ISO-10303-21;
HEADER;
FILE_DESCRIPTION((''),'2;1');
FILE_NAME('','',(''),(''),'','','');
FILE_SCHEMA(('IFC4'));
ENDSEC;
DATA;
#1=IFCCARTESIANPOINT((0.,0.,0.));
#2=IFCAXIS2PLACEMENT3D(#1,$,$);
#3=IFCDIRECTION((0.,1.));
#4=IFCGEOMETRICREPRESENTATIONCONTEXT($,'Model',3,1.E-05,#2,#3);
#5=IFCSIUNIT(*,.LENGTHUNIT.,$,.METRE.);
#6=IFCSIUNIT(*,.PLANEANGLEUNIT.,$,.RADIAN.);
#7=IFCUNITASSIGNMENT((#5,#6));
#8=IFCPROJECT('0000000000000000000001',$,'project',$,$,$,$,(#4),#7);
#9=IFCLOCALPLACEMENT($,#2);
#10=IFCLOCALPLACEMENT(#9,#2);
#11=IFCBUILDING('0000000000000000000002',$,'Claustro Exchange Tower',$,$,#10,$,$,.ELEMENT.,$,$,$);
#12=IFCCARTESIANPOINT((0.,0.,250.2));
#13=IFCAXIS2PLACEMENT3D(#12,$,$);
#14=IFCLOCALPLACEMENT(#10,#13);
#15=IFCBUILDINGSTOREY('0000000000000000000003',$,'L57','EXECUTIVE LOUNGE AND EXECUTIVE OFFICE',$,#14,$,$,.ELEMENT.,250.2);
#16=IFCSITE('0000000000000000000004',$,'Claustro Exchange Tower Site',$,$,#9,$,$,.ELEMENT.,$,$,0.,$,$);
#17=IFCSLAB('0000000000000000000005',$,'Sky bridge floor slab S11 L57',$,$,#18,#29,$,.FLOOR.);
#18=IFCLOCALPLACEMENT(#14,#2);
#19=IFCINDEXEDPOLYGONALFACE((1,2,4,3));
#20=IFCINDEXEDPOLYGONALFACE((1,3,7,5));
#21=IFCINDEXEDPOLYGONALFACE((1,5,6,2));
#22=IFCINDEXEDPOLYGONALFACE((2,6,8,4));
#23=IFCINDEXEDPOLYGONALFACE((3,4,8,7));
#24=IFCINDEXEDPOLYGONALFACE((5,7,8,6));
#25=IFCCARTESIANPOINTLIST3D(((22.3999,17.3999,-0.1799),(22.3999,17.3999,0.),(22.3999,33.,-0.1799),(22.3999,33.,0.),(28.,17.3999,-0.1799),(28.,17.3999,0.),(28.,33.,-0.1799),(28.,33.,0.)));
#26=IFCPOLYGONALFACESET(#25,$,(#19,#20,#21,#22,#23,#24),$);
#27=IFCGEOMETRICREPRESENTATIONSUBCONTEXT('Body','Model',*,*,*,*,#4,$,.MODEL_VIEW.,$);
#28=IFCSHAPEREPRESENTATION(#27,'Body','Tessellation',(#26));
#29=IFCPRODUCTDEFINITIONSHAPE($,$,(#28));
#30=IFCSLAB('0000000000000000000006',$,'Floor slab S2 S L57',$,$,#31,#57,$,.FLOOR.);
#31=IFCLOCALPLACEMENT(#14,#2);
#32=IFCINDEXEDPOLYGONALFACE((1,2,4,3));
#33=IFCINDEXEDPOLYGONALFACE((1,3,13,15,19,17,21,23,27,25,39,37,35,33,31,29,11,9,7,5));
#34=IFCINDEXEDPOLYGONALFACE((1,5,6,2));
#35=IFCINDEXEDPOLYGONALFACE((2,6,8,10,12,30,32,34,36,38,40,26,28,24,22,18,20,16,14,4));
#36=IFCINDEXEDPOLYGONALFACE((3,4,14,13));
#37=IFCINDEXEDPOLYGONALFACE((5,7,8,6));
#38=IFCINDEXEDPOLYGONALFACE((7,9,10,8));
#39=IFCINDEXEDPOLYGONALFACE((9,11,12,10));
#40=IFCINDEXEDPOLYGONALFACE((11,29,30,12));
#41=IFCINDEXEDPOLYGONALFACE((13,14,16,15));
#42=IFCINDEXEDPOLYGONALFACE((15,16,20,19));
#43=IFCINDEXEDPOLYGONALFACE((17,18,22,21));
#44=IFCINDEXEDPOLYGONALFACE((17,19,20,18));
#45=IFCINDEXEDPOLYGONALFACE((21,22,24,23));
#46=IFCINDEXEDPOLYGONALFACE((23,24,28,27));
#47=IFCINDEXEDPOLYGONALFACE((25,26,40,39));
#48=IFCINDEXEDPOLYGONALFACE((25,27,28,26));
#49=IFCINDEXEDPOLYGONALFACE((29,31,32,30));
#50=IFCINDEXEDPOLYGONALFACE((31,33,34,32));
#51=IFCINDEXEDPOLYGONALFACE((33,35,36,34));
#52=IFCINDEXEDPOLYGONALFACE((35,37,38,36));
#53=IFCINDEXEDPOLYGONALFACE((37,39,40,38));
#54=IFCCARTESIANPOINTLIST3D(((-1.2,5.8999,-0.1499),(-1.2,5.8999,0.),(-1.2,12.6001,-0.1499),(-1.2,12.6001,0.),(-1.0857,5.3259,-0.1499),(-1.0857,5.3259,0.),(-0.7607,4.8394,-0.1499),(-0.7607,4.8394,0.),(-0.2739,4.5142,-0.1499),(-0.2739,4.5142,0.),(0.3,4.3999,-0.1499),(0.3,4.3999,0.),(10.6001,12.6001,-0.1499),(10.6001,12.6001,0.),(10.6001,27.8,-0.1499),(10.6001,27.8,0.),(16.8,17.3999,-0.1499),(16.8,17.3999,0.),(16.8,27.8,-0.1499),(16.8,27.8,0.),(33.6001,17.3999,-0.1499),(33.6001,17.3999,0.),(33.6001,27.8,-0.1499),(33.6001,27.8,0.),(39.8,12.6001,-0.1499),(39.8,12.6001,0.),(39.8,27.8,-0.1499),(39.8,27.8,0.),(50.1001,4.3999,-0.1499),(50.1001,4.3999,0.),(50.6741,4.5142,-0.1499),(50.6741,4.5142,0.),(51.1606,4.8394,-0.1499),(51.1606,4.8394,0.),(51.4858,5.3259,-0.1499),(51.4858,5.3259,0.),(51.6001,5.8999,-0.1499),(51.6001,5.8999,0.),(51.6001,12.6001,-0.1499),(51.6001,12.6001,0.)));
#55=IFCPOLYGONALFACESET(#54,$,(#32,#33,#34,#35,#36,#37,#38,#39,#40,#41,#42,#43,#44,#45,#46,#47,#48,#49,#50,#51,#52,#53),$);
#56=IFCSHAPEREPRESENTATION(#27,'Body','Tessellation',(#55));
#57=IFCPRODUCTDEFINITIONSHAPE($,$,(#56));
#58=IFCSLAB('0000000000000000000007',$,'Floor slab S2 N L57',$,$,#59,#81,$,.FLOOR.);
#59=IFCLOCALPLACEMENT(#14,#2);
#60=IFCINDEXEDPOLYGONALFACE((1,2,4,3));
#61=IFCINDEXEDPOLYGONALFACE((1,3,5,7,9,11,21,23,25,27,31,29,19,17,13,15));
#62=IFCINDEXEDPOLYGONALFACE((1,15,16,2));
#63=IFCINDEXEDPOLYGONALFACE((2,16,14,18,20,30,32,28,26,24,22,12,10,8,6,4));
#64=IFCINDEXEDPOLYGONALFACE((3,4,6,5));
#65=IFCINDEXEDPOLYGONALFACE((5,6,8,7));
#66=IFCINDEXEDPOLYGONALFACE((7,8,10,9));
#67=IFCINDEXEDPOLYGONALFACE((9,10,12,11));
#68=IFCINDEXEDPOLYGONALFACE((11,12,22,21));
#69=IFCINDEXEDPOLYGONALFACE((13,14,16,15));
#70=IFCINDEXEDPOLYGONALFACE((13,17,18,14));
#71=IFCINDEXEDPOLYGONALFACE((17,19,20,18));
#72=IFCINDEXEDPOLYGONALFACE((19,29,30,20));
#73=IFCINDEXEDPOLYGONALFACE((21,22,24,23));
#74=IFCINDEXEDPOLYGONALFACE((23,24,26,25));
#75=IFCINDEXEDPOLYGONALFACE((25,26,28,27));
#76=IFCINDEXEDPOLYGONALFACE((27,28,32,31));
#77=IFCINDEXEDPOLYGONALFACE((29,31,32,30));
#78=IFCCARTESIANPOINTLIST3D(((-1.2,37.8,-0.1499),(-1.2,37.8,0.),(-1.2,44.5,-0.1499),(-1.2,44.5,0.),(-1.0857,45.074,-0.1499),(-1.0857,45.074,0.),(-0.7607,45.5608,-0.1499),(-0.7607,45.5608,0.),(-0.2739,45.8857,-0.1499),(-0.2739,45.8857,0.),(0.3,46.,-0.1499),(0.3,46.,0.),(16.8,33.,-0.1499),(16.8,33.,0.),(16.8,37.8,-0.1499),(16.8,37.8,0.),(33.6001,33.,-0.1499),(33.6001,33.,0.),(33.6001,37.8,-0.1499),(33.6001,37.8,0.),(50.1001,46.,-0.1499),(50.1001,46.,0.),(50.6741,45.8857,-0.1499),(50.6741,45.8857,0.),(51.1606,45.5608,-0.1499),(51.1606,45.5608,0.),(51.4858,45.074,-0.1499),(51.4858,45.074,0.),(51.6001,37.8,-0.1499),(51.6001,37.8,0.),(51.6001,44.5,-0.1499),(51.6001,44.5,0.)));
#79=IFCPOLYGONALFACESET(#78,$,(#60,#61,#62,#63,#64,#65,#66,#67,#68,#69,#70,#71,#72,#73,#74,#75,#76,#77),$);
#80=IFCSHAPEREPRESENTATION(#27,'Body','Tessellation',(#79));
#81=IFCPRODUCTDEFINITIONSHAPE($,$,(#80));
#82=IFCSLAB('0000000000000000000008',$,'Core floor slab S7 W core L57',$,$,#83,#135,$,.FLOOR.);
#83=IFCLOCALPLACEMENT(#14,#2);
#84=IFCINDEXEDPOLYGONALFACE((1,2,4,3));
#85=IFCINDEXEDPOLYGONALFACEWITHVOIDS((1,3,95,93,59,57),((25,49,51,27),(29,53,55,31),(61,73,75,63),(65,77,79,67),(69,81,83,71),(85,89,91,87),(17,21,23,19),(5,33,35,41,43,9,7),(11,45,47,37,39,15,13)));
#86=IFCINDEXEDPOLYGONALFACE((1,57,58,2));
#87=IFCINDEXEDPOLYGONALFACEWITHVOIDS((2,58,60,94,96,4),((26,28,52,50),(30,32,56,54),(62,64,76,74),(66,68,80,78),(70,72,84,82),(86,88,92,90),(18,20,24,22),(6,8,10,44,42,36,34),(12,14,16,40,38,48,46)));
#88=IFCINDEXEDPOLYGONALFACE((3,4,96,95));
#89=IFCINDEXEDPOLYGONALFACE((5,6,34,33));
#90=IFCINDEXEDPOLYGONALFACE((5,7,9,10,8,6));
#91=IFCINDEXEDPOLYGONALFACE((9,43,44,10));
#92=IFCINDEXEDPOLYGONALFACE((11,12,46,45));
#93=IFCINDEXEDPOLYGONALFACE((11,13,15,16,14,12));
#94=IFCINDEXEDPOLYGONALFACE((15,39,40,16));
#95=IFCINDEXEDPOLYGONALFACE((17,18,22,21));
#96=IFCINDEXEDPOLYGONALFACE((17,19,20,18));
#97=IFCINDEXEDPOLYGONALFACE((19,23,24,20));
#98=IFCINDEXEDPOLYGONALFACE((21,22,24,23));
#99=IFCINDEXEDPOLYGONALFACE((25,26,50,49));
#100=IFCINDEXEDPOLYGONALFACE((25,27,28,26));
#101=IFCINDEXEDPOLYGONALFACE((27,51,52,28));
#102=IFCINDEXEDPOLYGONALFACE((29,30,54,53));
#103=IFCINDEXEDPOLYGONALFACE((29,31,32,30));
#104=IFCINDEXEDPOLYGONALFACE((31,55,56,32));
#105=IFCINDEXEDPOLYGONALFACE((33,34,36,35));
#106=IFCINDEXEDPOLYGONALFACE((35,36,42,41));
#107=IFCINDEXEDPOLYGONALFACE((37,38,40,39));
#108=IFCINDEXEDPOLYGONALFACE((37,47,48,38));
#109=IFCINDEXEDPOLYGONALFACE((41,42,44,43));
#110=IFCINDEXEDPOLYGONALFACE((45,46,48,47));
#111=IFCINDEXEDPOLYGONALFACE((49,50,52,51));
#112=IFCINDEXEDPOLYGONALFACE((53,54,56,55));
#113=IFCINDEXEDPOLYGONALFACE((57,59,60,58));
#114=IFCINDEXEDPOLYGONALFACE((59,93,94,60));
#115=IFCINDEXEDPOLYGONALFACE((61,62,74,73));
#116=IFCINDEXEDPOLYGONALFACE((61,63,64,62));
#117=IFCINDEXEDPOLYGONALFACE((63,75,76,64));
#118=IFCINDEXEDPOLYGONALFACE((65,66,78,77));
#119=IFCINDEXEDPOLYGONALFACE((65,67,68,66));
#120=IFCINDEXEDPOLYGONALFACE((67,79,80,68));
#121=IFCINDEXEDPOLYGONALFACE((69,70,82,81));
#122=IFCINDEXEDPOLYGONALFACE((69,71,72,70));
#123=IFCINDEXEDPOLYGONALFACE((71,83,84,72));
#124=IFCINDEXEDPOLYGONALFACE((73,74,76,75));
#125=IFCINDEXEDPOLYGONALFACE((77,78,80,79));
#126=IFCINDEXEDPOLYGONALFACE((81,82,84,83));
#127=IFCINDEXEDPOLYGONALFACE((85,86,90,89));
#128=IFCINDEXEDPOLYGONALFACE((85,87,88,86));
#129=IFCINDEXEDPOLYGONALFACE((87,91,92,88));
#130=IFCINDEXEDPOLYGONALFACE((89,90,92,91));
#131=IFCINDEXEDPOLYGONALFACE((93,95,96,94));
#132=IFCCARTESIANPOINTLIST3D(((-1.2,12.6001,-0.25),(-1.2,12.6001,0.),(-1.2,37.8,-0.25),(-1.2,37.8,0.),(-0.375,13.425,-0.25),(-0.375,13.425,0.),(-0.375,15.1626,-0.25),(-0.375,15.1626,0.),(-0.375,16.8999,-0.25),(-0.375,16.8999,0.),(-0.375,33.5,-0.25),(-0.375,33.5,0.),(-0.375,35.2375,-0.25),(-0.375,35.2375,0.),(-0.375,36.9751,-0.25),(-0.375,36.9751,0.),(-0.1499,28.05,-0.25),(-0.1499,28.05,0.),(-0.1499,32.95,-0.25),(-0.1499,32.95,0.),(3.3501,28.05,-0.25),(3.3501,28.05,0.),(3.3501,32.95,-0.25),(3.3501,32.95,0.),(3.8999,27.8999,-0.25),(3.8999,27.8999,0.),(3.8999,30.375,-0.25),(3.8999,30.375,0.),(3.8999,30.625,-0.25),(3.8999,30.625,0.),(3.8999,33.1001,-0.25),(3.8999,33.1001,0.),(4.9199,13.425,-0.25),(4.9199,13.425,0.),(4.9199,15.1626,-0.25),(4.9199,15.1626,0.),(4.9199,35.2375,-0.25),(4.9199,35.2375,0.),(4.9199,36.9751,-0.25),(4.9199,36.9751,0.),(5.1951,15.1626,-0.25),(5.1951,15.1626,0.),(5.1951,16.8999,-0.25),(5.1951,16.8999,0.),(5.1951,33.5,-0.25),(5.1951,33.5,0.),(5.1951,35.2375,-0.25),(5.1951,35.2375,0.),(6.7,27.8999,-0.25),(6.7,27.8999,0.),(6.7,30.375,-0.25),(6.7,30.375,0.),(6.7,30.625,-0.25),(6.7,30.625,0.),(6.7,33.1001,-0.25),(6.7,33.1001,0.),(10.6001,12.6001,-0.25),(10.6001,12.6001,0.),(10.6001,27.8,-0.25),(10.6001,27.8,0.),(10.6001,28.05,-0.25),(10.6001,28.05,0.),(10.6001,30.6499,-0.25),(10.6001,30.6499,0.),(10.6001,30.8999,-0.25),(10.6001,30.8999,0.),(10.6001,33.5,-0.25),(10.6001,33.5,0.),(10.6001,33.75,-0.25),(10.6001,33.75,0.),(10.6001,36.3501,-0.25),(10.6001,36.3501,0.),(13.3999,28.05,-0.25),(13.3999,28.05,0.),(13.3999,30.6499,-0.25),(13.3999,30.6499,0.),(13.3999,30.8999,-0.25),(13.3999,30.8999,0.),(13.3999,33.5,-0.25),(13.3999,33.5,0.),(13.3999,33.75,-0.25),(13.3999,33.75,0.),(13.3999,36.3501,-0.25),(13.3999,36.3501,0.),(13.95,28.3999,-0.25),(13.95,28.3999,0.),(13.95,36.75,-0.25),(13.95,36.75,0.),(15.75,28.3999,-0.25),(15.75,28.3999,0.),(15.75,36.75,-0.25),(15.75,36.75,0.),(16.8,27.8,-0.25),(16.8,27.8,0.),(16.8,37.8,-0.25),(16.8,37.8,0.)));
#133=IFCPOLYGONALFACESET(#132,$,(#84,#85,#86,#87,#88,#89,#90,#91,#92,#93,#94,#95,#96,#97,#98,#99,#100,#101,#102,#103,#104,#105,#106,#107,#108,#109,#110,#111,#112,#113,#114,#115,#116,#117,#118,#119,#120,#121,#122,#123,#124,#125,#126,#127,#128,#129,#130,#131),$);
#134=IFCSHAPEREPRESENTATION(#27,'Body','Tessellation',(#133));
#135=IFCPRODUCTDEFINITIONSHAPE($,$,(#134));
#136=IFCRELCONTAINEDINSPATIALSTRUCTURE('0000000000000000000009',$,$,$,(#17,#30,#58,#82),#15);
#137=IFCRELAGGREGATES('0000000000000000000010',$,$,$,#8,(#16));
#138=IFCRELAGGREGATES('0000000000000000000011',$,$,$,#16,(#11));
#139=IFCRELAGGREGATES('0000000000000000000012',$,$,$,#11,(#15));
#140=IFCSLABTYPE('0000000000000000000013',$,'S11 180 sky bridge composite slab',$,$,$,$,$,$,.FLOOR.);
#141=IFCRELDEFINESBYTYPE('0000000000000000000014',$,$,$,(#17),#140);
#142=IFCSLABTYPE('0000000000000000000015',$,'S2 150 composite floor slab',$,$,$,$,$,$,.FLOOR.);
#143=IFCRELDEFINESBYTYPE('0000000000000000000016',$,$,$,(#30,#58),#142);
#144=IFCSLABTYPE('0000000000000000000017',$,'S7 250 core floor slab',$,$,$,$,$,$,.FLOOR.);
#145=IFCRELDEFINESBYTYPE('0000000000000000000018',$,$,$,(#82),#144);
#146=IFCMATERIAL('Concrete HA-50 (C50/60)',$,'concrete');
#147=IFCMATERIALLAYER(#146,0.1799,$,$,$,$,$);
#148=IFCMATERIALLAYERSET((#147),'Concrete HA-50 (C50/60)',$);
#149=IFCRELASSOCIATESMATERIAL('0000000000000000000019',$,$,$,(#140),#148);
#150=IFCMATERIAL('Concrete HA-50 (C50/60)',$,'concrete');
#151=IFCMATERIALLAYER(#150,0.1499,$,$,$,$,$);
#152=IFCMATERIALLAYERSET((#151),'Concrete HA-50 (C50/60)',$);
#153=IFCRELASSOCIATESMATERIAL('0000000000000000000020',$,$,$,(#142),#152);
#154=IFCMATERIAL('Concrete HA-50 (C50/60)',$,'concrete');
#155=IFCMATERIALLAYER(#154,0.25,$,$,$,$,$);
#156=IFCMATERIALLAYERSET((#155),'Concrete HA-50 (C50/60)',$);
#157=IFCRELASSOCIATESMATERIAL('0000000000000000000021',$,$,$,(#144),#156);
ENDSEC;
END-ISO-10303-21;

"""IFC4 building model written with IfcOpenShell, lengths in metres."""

from ifc_helpers import new_model, si_unit, direction, frame, origin, place, context, subcontext, project, spatial, polyline, outline, extrude, material, layer, layer_set, type_object, element, save


model = new_model("IFC4")

# Units and contexts
model_context = context("Model", 3, precision=1e-05, world=origin(), true_north=direction((0.0, 1.0)))
body_context = subcontext(model_context, "Body", "Model", "MODEL_VIEW")
ifc_project = project(units=[si_unit("LENGTHUNIT", "METRE"), si_unit("PLANEANGLEUNIT", "RADIAN")], contexts=[model_context])

# Site, building, storey
site_placement = place(None, origin())
site = spatial("IfcSite", under=ifc_project, at=site_placement, Name="Claustro Exchange Tower Site", CompositionType="ELEMENT", RefElevation=0.0)
building_placement = place(site_placement, origin())
building = spatial("IfcBuilding", under=site, at=building_placement, Name="Claustro Exchange Tower", CompositionType="ELEMENT")
storey_placement = place(building_placement, frame((0.0, 0.0, 250.2)))
storey = spatial("IfcBuildingStorey", under=building, at=storey_placement, Name="L57", Description="EXECUTIVE LOUNGE AND EXECUTIVE OFFICE", CompositionType="ELEMENT", Elevation=250.2)

# Slabs
ifc_material_1 = material(Name="Concrete HA-50 (C50/60)", Category="concrete")
ifc_layer_1 = layer(ifc_material_1, 0.1799)
ifc_layer_set_1 = layer_set([ifc_layer_1], Name="Concrete HA-50 (C50/60)")
slab_type_1 = type_object("IfcSlabType", Name="S11 180 sky bridge composite slab", PredefinedType="FLOOR", material=ifc_layer_set_1)
slab_1_placement = place(storey_placement, frame((0.0, 0.0, -0.1799)))
element("IfcSlab", 1, at=slab_1_placement, inside=storey, type_object=slab_type_1, Name="Sky bridge floor slab S11 L57", PredefinedType="FLOOR", context=body_context, shape_type="SweptSolid", body=[
    extrude(outline(polyline([(28.0, 17.3999), (28.0, 33.0), (22.3999, 33.0), (22.3999, 17.3999), (28.0, 17.3999)])), origin(), (0.0, 0.0, 1.0), 0.1799),
])
ifc_material_2 = material(Name="Concrete HA-50 (C50/60)", Category="concrete")
ifc_layer_2 = layer(ifc_material_2, 0.1499)
ifc_layer_set_2 = layer_set([ifc_layer_2], Name="Concrete HA-50 (C50/60)")
slab_type_2 = type_object("IfcSlabType", Name="S2 150 composite floor slab", PredefinedType="FLOOR", material=ifc_layer_set_2)
slab_2_placement = place(storey_placement, frame((0.0, 0.0, -0.1499)))
element("IfcSlab", 2, at=slab_2_placement, inside=storey, type_object=slab_type_2, Name="Floor slab S2 S L57", PredefinedType="FLOOR", context=body_context, shape_type="SweptSolid", body=[
    extrude(outline(polyline([(-0.2739, 4.5142), (0.3, 4.3999), (50.1001, 4.3999), (50.6741, 4.5142), (51.1606, 4.8394), (51.4858, 5.3259), (51.6001, 5.8999), (51.6001, 12.6001), (39.8, 12.6001), (39.8, 27.8), (33.6001, 27.8), (33.6001, 17.3999), (16.8, 17.3999), (16.8, 27.8), (10.6001, 27.8), (10.6001, 12.6001), (-1.2, 12.6001), (-1.2, 5.8999), (-1.0857, 5.3259), (-0.7607, 4.8394), (-0.2739, 4.5142)])), origin(), (0.0, 0.0, 1.0), 0.1499),
])
slab_3_placement = place(storey_placement, frame((0.0, 0.0, -0.1499)))
element("IfcSlab", 3, at=slab_3_placement, inside=storey, type_object=slab_type_2, Name="Floor slab S2 N L57", PredefinedType="FLOOR", context=body_context, shape_type="SweptSolid", body=[
    extrude(outline(polyline([(16.8, 37.8), (16.8, 33.0), (33.6001, 33.0), (33.6001, 37.8), (51.6001, 37.8), (51.6001, 44.5), (51.4858, 45.074), (51.1606, 45.5608), (50.6741, 45.8857), (50.1001, 46.0), (0.3, 46.0), (-0.2739, 45.8857), (-0.7607, 45.5608), (-1.0857, 45.074), (-1.2, 44.5), (-1.2, 37.8), (16.8, 37.8)])), origin(), (0.0, 0.0, 1.0), 0.1499),
])
ifc_material_3 = material(Name="Concrete HA-50 (C50/60)", Category="concrete")
ifc_layer_3 = layer(ifc_material_3, 0.25)
ifc_layer_set_3 = layer_set([ifc_layer_3], Name="Concrete HA-50 (C50/60)")
slab_type_3 = type_object("IfcSlabType", Name="S7 250 core floor slab", PredefinedType="FLOOR", material=ifc_layer_set_3)
slab_4_placement = place(storey_placement, frame((0.0, 0.0, -0.25)))
element("IfcSlab", 4, at=slab_4_placement, inside=storey, type_object=slab_type_3, Name="Core floor slab S7 W core L57", PredefinedType="FLOOR", context=body_context, shape_type="SweptSolid", body=[
    extrude(outline(polyline([(-1.2, 37.8), (-1.2, 12.6001), (10.6001, 12.6001), (10.6001, 27.8), (16.8, 27.8), (16.8, 37.8), (-1.2, 37.8)]), holes=[polyline([(13.95, 36.75), (15.75, 36.75), (15.75, 28.3999), (13.95, 28.3999), (13.95, 36.75)]), polyline([(10.6001, 30.6499), (13.3999, 30.6499), (13.3999, 28.05), (10.6001, 28.05), (10.6001, 30.6499)]), polyline([(10.6001, 33.5), (13.3999, 33.5), (13.3999, 30.8999), (10.6001, 30.8999), (10.6001, 33.5)]), polyline([(13.3999, 36.3501), (13.3999, 33.75), (10.6001, 33.75), (10.6001, 36.3501), (13.3999, 36.3501)]), polyline([(3.8999, 30.375), (6.7, 30.375), (6.7, 27.8999), (3.8999, 27.8999), (3.8999, 30.375)]), polyline([(3.8999, 33.1001), (6.7, 33.1001), (6.7, 30.625), (3.8999, 30.625), (3.8999, 33.1001)]), polyline([(-0.375, 15.1626), (-0.375, 16.8999), (5.1951, 16.8999), (5.1951, 15.1626), (4.9199, 15.1626), (4.9199, 13.425), (-0.375, 13.425), (-0.375, 15.1626)]), polyline([(-0.375, 35.2375), (-0.375, 36.9751), (4.9199, 36.9751), (4.9199, 35.2375), (5.1951, 35.2375), (5.1951, 33.5), (-0.375, 33.5), (-0.375, 35.2375)]), polyline([(-0.1499, 32.95), (3.3501, 32.95), (3.3501, 28.05), (-0.1499, 28.05), (-0.1499, 32.95)])]), origin(), (0.0, 0.0, 1.0), 0.25),
])

save(model, "model.ifc")
